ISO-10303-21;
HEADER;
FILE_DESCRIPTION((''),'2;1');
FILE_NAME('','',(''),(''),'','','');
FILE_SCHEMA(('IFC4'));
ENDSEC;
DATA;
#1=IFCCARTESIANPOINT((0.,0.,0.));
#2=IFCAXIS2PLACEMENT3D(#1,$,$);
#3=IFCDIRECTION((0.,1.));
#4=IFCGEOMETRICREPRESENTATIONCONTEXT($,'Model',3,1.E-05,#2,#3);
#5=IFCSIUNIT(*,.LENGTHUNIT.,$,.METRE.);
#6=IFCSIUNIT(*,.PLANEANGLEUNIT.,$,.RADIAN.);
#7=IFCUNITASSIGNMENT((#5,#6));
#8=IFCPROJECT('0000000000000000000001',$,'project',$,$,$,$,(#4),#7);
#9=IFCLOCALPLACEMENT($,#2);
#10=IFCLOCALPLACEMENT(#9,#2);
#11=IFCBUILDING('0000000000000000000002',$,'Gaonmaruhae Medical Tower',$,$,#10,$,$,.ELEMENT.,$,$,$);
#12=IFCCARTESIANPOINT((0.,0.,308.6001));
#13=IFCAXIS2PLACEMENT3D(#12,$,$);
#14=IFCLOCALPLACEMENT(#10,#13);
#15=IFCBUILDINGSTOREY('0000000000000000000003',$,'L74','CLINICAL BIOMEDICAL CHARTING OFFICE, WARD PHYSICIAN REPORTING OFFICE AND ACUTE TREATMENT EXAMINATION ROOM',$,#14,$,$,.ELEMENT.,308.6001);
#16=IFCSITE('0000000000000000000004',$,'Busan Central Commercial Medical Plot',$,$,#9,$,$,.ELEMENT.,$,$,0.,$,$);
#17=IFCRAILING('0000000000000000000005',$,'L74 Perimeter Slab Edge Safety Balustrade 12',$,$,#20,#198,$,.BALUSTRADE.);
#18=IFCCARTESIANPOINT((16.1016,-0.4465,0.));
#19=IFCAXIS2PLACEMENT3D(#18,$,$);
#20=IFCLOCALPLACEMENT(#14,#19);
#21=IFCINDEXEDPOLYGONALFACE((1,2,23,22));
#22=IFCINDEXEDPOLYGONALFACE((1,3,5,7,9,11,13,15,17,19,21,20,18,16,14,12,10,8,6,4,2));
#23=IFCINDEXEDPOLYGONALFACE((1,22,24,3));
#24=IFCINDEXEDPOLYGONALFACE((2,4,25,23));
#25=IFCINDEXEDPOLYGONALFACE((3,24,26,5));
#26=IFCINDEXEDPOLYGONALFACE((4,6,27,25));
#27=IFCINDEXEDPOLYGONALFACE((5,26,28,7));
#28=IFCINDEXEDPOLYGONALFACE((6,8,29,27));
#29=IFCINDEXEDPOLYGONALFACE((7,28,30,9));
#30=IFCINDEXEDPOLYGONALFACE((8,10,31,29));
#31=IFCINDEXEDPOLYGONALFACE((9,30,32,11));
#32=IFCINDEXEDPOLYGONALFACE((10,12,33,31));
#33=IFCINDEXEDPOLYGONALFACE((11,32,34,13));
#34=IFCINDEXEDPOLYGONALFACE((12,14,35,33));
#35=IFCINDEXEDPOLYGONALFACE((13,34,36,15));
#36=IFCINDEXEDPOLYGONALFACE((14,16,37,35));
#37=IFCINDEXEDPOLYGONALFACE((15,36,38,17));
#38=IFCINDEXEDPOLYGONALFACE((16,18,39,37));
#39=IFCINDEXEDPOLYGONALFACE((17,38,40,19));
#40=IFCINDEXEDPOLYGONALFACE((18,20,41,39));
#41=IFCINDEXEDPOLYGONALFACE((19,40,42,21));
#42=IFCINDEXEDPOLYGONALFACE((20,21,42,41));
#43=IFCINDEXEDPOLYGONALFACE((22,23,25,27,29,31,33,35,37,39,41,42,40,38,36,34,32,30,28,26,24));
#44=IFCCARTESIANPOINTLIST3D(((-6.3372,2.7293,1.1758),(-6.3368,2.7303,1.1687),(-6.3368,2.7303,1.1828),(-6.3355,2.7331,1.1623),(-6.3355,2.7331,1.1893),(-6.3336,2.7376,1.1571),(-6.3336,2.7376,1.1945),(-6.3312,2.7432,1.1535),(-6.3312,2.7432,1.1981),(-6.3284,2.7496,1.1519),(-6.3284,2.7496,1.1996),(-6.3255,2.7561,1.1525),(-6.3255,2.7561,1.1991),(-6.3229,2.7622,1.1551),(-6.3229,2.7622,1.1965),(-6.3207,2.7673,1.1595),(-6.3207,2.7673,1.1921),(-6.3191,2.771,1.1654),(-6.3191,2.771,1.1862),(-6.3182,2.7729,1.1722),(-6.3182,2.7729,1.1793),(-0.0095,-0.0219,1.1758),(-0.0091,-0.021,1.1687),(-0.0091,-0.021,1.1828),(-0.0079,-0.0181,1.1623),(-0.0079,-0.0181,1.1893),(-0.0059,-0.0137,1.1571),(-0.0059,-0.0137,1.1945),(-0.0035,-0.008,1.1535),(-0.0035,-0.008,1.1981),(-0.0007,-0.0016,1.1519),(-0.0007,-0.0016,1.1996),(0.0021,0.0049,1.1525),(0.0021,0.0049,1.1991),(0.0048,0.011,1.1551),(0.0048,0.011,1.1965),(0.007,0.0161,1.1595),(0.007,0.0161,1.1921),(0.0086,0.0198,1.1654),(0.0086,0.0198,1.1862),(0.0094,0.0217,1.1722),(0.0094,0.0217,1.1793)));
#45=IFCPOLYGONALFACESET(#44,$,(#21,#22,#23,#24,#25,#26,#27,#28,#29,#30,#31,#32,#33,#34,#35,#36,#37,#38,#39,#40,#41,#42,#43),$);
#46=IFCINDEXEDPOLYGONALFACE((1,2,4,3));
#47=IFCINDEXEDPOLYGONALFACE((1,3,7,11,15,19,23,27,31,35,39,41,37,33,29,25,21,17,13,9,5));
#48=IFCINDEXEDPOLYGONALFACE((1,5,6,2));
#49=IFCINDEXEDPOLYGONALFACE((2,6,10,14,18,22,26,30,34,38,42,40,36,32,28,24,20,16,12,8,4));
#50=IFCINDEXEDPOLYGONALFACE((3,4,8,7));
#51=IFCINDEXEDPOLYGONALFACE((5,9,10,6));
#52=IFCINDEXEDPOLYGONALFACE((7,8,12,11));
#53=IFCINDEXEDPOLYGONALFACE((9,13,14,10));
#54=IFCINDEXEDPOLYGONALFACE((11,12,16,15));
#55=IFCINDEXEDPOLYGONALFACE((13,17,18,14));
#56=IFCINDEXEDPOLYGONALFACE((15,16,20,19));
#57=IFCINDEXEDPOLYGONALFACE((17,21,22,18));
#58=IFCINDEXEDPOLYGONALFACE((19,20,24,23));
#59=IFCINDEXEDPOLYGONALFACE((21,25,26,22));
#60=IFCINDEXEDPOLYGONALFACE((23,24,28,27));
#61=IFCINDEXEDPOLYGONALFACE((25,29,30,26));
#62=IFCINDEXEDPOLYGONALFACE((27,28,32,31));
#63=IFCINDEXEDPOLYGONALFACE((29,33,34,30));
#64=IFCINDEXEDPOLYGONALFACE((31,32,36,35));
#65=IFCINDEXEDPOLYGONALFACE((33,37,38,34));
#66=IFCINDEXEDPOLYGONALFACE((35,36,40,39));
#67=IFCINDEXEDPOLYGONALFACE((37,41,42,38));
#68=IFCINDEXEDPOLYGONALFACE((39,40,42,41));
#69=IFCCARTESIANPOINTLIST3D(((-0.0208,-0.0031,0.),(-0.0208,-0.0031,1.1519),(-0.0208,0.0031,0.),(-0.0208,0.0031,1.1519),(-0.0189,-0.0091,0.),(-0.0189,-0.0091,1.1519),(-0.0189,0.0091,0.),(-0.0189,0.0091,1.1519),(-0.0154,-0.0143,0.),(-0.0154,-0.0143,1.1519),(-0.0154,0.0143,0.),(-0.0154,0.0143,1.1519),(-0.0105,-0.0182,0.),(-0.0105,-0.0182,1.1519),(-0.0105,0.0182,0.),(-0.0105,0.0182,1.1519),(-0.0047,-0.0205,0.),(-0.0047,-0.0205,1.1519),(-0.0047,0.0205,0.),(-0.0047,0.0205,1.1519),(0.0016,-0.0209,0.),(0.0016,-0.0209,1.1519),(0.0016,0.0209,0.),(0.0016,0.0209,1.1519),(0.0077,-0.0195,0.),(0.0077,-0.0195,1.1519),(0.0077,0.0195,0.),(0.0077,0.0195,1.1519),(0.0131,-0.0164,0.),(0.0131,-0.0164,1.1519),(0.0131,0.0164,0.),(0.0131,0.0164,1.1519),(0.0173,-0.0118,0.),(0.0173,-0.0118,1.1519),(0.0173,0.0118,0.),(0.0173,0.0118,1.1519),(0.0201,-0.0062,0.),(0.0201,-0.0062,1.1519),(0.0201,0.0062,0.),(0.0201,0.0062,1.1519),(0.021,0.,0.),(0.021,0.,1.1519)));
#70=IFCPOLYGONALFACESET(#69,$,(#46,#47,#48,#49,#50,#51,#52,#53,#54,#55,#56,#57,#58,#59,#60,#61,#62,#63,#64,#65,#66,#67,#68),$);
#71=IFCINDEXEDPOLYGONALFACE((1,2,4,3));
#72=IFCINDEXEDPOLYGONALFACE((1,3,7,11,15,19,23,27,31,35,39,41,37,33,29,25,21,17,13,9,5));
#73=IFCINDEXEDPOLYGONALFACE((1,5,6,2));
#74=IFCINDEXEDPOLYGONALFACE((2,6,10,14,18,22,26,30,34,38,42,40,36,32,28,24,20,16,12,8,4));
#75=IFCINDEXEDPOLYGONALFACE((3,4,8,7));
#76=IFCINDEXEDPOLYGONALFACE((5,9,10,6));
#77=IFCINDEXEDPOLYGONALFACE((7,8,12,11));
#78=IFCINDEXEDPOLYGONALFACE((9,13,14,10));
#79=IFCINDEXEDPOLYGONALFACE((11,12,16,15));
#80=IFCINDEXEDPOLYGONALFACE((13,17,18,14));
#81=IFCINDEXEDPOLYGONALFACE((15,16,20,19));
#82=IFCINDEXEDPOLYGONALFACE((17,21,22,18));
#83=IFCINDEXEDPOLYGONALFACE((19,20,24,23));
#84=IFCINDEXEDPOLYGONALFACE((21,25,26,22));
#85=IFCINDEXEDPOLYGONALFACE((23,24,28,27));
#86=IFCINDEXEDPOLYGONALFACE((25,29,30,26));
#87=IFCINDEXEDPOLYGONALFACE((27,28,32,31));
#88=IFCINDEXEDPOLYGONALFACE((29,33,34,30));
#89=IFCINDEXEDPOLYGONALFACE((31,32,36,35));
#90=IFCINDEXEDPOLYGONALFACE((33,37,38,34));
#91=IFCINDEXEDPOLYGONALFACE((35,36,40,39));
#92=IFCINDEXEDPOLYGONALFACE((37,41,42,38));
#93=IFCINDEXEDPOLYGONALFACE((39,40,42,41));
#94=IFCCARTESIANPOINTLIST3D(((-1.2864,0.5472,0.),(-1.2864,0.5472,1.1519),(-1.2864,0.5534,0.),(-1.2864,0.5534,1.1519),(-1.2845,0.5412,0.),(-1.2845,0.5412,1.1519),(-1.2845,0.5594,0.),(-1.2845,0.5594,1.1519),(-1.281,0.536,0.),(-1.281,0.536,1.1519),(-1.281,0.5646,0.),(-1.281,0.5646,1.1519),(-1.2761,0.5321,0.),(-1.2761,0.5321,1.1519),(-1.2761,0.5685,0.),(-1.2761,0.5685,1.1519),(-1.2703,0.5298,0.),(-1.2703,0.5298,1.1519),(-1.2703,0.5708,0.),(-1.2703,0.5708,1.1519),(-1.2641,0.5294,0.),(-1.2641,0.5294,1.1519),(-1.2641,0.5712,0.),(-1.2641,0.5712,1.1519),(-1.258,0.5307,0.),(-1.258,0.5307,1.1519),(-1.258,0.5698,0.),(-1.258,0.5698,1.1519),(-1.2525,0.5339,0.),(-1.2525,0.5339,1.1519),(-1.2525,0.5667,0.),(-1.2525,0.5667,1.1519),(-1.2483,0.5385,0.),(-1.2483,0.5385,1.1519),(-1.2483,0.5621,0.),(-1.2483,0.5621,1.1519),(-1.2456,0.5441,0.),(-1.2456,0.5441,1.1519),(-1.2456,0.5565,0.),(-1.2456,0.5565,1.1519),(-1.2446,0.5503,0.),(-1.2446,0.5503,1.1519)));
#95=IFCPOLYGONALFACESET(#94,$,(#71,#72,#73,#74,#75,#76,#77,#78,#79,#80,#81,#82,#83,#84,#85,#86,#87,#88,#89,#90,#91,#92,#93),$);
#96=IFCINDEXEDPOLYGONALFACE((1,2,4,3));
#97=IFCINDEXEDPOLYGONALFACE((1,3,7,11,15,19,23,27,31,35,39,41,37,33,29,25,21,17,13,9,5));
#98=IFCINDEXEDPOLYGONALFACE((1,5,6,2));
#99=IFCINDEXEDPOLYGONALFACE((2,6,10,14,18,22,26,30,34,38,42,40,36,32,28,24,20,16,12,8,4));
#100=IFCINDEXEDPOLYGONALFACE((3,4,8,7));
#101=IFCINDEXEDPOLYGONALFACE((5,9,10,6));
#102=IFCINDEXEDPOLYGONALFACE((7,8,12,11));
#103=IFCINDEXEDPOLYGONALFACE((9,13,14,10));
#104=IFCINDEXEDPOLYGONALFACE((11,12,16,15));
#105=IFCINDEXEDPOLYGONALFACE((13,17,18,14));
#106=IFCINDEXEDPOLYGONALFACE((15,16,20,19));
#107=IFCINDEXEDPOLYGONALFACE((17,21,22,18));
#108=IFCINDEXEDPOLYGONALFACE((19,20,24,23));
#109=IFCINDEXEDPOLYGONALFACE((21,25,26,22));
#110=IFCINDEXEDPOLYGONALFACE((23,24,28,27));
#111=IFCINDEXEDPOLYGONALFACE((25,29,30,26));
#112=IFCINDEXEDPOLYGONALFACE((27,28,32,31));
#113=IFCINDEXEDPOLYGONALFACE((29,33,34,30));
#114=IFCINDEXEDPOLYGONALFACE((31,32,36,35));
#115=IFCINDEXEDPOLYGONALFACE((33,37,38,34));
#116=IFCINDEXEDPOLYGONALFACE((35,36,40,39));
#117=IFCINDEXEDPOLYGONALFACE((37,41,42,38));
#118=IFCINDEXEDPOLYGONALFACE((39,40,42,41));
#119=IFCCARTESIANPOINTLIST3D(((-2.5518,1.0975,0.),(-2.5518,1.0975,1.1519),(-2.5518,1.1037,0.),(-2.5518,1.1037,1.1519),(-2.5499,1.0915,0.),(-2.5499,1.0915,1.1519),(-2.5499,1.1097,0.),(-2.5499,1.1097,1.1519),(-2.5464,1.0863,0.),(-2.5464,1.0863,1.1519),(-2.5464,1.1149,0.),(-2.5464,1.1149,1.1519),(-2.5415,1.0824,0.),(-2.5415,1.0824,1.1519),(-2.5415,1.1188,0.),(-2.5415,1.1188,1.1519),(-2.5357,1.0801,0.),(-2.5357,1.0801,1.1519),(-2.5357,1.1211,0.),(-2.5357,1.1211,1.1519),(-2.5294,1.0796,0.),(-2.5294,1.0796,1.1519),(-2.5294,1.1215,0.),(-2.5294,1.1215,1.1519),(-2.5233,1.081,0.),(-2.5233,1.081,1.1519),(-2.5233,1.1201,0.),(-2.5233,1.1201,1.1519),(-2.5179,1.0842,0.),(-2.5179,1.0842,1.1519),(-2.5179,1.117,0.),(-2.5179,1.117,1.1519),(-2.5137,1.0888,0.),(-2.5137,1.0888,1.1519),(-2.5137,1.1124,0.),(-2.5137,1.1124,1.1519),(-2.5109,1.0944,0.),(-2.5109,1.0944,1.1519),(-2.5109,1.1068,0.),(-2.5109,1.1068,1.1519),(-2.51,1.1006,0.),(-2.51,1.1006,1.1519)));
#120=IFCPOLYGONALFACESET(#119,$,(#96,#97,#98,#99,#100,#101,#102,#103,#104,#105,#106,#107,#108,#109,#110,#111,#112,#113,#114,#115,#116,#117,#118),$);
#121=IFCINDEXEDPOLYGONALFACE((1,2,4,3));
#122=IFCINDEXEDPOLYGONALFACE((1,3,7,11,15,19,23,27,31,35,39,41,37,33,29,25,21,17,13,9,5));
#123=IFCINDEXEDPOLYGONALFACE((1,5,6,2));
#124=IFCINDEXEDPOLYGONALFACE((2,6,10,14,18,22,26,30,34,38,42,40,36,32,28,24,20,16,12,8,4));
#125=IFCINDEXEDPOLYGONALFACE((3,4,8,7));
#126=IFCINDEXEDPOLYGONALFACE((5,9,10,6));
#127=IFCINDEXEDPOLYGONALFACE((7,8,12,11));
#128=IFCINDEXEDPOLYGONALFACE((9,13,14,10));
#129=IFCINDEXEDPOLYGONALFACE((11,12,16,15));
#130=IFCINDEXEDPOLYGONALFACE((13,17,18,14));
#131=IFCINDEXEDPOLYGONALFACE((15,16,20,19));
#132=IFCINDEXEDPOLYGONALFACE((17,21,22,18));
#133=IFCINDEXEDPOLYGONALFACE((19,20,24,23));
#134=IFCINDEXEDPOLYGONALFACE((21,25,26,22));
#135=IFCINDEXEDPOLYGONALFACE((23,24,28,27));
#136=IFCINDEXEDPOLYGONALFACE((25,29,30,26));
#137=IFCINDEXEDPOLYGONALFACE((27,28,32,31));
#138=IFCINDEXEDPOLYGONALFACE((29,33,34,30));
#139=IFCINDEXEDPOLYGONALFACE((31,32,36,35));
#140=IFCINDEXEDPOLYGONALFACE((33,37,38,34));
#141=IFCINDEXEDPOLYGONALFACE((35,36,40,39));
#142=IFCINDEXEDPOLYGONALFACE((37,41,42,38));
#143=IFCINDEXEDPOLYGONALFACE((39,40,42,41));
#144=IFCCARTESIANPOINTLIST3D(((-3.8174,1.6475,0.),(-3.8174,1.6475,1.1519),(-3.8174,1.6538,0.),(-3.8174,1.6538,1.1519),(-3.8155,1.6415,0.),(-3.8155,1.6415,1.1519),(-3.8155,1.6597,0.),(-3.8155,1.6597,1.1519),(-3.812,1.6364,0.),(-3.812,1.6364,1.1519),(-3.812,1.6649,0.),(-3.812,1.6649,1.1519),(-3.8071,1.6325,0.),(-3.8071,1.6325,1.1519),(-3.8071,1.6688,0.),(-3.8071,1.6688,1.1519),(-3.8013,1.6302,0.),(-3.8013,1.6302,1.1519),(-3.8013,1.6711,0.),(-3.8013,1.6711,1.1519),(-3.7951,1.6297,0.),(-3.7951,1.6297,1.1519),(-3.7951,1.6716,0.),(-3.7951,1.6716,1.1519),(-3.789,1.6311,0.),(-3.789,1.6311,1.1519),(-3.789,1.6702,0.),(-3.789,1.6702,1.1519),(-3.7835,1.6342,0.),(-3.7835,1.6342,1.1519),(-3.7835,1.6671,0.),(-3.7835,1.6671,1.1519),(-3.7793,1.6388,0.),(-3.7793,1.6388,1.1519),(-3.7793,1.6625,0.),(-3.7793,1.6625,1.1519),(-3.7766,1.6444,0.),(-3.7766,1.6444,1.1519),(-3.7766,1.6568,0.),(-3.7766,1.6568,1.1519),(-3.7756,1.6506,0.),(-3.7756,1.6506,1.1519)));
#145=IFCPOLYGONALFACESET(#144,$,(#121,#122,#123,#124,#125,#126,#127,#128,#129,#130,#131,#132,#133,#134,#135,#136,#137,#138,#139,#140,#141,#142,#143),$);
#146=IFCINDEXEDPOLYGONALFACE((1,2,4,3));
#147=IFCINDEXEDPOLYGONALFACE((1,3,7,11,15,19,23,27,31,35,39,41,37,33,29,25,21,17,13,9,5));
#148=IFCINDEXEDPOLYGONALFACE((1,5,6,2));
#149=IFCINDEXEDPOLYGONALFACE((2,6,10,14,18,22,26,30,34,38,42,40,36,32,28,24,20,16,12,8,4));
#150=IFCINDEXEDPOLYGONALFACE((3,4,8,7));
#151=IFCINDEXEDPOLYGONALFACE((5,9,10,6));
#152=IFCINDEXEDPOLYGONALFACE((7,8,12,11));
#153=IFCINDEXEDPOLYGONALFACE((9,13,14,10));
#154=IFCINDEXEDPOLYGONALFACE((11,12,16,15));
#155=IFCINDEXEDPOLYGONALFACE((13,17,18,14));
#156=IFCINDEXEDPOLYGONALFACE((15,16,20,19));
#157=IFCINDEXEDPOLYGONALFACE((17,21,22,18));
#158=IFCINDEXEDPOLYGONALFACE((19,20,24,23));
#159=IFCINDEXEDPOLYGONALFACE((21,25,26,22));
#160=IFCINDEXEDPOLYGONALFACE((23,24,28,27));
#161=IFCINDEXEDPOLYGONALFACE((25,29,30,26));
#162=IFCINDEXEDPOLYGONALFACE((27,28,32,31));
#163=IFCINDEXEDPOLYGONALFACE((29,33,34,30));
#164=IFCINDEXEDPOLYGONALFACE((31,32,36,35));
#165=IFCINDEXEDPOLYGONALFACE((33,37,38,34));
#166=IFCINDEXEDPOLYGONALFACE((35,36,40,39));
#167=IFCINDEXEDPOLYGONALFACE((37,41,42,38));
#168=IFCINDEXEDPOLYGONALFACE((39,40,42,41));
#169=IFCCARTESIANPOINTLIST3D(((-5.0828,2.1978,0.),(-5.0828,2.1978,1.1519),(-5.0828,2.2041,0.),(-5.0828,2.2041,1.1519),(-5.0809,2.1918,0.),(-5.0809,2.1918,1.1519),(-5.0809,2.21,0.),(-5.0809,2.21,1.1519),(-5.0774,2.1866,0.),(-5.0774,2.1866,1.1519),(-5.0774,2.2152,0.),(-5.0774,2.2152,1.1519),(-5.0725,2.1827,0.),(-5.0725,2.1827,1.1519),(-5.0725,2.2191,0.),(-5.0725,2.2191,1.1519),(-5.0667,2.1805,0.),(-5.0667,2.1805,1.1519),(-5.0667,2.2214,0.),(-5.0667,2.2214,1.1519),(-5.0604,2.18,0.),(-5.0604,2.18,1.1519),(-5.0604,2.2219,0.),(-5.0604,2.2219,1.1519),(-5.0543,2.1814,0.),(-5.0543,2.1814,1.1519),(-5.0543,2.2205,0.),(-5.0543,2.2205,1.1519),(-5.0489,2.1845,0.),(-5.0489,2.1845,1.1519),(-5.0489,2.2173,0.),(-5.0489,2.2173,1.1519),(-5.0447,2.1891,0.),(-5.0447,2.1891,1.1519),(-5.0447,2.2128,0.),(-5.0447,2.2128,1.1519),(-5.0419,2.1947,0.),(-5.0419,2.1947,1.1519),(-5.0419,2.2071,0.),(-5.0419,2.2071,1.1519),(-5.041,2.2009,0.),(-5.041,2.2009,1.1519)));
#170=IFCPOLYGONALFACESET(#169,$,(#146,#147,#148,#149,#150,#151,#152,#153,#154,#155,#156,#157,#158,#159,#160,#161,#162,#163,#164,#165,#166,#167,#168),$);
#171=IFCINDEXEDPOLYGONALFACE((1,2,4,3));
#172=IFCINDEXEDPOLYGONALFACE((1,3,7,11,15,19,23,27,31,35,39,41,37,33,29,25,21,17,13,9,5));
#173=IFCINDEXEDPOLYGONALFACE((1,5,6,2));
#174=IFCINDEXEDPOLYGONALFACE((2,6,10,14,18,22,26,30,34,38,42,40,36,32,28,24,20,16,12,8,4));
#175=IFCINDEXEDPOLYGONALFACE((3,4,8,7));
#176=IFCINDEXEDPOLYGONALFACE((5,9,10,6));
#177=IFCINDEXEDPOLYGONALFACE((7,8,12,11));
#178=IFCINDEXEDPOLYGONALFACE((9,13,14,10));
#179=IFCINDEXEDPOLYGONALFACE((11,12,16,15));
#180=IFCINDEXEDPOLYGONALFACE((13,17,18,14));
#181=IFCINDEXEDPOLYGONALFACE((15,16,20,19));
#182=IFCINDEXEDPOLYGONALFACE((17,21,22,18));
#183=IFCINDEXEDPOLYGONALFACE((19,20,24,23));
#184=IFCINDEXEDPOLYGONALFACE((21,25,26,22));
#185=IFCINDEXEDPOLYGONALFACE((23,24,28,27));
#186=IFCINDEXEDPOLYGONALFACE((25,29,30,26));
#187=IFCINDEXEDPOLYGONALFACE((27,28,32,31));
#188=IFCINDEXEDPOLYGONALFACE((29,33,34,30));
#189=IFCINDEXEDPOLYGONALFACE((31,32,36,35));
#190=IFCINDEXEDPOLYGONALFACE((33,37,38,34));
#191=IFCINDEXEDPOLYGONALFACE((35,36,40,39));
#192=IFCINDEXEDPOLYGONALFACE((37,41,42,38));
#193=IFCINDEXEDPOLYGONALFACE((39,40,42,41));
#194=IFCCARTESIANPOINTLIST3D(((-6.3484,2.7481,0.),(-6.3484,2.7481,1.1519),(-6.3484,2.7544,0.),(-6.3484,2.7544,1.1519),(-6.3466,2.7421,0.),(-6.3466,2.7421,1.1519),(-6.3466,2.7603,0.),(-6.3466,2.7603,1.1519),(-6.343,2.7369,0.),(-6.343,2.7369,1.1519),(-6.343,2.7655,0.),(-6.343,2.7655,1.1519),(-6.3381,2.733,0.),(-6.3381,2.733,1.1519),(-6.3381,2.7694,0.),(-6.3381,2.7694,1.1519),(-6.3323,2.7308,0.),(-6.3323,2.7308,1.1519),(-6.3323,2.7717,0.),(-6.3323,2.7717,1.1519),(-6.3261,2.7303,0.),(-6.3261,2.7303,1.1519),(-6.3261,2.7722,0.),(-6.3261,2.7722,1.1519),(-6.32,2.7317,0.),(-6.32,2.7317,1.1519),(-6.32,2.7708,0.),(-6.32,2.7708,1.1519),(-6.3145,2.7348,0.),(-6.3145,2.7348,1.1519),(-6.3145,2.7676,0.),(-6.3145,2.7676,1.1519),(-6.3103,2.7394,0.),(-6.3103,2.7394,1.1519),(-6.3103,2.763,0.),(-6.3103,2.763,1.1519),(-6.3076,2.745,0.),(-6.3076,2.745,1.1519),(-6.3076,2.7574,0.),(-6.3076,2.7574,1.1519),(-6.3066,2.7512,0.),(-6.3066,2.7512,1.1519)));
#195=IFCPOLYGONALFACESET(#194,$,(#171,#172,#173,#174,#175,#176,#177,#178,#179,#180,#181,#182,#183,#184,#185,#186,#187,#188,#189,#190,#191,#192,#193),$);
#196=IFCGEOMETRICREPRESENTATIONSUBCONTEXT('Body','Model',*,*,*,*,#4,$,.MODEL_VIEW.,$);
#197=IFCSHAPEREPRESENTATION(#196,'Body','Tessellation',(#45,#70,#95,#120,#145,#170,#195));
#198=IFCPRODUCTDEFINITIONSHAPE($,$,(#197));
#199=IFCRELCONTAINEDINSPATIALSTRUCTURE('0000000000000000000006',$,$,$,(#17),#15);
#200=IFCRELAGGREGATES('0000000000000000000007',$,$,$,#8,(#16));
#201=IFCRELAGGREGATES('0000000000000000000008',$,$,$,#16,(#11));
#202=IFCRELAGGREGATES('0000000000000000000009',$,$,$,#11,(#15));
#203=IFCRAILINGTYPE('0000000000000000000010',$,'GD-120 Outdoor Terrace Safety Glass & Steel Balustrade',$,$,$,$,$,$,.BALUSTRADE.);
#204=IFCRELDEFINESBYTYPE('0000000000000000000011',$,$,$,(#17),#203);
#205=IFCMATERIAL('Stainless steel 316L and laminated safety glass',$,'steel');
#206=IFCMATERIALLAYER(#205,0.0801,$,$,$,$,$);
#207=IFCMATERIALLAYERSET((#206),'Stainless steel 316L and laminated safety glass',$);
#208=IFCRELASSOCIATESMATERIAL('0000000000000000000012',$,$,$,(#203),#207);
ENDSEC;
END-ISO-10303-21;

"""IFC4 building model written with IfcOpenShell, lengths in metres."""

from ifc_helpers import new_model, si_unit, direction, frame, origin, origin_2d, place, context, subcontext, project, spatial, circle, extrude, material, layer, layer_set, type_object, element, save


model = new_model("IFC4")

# Units and contexts
model_context = context("Model", 3, precision=1e-05, world=origin(), true_north=direction((0.0, 1.0)))
body_context = subcontext(model_context, "Body", "Model", "MODEL_VIEW")
ifc_project = project(units=[si_unit("LENGTHUNIT", "METRE"), si_unit("PLANEANGLEUNIT", "RADIAN")], contexts=[model_context])

# Site, building, storey
site_placement = place(None, origin())
site = spatial("IfcSite", under=ifc_project, at=site_placement, Name="Busan Central Commercial Medical Plot", CompositionType="ELEMENT", RefElevation=0.0)
building_placement = place(site_placement, origin())
building = spatial("IfcBuilding", under=site, at=building_placement, Name="Gaonmaruhae Medical Tower", CompositionType="ELEMENT")
storey_placement = place(building_placement, frame((0.0, 0.0, 308.6001)))
storey = spatial("IfcBuildingStorey", under=building, at=storey_placement, Name="L74", Description="CLINICAL BIOMEDICAL CHARTING OFFICE, WARD PHYSICIAN REPORTING OFFICE AND ACUTE TREATMENT EXAMINATION ROOM", CompositionType="ELEMENT", Elevation=308.6001)

# Railing
ifc_material_1 = material(Name="Stainless steel 316L and laminated safety glass", Category="steel")
ifc_layer_1 = layer(ifc_material_1, 0.0801)
ifc_layer_set_1 = layer_set([ifc_layer_1], Name="Stainless steel 316L and laminated safety glass")
railing_type_1 = type_object("IfcRailingType", Name="GD-120 Outdoor Terrace Safety Glass & Steel Balustrade", PredefinedType="BALUSTRADE", material=ifc_layer_set_1)
railing_1_placement = place(storey_placement, frame((16.1016, -0.4465, 0.0)))
element("IfcRailing", 1, at=railing_1_placement, inside=storey, type_object=railing_type_1, Name="L74 Perimeter Slab Edge Safety Balustrade 12", PredefinedType="BALUSTRADE", context=body_context, shape_type="SweptSolid", body=[
    extrude(circle(Radius=0.0239, at=origin_2d()), frame((0.0, 0.0, 1.1758), z_axis=(-0.917066, 0.398735, 0.0), x_axis=(-0.398735, -0.917066, 0.0)), (0.0, 0.0, 1.0), 6.8999),
    extrude(circle(Radius=0.021, at=origin_2d()), origin(), (0.0, 0.0, 1.0), 1.1519),
    extrude(circle(Radius=0.021, at=origin_2d()), frame((-1.2656, 0.5503, 0.0)), (0.0, 0.0, 1.0), 1.1519),
    extrude(circle(Radius=0.021, at=origin_2d()), frame((-2.531, 1.1006, 0.0)), (0.0, 0.0, 1.0), 1.1519),
    extrude(circle(Radius=0.021, at=origin_2d()), frame((-3.7966, 1.6506, 0.0)), (0.0, 0.0, 1.0), 1.1519),
    extrude(circle(Radius=0.021, at=origin_2d()), frame((-5.062, 2.2009, 0.0)), (0.0, 0.0, 1.0), 1.1519),
    extrude(circle(Radius=0.021, at=origin_2d()), frame((-6.3276, 2.7512, 0.0)), (0.0, 0.0, 1.0), 1.1519),
])

save(model, "model.ifc")
